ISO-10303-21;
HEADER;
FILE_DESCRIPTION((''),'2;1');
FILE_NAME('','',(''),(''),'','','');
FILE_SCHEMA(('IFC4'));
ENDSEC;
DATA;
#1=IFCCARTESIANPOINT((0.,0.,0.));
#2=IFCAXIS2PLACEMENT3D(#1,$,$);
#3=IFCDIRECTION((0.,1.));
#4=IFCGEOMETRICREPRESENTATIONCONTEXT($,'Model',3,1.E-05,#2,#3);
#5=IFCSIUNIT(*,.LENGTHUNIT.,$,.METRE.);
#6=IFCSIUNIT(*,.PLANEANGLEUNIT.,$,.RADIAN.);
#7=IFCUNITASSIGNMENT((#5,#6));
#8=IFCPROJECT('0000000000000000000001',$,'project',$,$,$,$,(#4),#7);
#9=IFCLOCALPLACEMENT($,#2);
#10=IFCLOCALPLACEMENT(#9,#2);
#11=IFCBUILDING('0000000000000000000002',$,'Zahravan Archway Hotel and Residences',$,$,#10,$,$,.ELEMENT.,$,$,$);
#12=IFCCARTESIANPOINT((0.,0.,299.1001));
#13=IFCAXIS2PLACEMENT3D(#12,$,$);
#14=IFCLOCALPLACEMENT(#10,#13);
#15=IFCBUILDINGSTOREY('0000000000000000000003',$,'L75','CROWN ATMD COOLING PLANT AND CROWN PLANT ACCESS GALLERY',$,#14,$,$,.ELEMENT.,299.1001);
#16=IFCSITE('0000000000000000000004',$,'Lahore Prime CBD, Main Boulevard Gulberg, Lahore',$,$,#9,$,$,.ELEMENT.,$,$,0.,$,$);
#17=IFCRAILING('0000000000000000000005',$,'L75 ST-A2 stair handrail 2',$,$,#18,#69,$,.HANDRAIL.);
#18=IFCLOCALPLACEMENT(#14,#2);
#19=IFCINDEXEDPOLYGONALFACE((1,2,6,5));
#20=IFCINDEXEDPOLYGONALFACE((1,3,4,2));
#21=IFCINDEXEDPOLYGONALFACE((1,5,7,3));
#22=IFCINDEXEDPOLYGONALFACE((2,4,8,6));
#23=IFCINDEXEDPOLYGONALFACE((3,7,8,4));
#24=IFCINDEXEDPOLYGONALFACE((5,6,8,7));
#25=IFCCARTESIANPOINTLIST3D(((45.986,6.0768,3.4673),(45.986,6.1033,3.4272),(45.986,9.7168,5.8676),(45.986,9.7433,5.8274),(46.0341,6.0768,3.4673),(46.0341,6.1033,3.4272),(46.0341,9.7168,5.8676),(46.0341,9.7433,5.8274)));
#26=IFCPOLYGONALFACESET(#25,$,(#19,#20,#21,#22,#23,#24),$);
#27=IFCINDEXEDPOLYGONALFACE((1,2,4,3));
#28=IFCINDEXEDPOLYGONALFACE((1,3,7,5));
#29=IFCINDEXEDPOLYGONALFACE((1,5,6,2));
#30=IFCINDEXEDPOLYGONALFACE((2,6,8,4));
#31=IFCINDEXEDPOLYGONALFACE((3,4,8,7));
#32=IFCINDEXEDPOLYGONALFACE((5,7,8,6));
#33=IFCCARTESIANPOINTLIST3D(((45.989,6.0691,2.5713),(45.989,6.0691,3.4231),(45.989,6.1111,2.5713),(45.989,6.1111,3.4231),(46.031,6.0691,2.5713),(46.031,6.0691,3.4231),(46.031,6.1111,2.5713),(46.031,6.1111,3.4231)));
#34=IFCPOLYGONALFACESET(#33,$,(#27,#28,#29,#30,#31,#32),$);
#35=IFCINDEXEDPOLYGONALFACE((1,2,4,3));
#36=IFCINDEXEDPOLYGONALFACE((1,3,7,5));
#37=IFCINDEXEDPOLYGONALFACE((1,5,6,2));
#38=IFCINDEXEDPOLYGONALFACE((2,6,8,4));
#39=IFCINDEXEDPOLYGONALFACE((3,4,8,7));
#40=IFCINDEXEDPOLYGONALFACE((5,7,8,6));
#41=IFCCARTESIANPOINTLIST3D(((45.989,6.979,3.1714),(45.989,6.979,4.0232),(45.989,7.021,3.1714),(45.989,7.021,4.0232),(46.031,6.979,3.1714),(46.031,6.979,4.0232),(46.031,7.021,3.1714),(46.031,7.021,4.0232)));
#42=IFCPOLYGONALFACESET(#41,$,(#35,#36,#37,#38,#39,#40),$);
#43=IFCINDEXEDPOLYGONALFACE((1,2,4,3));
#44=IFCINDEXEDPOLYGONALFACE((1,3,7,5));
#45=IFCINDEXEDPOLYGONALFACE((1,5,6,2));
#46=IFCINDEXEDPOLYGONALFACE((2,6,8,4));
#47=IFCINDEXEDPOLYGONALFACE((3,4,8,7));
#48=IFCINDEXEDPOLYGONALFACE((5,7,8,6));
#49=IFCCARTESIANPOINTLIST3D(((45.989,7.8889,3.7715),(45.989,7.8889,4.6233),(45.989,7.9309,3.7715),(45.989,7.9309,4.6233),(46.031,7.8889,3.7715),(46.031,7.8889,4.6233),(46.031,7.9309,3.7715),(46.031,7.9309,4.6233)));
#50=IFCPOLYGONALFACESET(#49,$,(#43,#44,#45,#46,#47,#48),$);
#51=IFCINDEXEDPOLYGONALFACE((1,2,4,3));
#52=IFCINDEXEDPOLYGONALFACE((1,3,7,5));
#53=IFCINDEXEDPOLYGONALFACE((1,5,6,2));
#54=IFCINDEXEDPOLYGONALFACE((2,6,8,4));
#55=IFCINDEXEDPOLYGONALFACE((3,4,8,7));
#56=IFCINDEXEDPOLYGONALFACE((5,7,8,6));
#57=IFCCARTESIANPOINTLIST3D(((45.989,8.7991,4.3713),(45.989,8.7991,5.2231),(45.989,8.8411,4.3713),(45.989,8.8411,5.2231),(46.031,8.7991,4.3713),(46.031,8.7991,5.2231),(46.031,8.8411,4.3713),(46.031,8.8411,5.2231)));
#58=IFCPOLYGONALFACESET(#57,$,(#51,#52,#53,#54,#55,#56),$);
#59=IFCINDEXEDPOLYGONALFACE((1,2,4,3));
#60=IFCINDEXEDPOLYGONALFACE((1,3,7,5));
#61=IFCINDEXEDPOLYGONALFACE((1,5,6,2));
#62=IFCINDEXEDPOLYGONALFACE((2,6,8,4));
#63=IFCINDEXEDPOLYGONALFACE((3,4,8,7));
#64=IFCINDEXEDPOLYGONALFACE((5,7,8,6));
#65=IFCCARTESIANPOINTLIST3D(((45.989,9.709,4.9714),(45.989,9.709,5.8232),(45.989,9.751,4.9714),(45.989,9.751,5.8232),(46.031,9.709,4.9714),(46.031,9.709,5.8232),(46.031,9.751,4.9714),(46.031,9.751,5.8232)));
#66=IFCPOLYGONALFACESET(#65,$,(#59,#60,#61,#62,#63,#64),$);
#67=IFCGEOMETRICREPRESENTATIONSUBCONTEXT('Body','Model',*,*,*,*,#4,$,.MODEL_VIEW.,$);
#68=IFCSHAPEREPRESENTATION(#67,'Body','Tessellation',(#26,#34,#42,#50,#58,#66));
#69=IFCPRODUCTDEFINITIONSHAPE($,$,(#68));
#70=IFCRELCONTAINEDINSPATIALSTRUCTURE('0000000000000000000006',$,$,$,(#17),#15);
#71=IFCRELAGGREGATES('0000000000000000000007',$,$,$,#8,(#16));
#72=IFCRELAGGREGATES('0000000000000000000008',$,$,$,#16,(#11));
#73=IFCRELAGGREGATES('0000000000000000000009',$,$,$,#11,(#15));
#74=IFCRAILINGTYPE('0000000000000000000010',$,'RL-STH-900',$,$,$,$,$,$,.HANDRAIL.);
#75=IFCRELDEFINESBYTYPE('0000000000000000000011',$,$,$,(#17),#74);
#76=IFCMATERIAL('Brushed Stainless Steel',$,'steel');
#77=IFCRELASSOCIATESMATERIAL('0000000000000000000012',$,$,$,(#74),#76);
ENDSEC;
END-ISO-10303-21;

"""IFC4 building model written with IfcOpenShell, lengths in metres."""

from ifc_helpers import new_model, si_unit, direction, frame, origin, origin_2d, place, context, subcontext, project, spatial, rectangle, extrude, material, type_object, element, save


model = new_model("IFC4")

# Units and contexts
model_context = context("Model", 3, precision=1e-05, world=origin(), true_north=direction((0.0, 1.0)))
body_context = subcontext(model_context, "Body", "Model", "MODEL_VIEW")
ifc_project = project(units=[si_unit("LENGTHUNIT", "METRE"), si_unit("PLANEANGLEUNIT", "RADIAN")], contexts=[model_context])

# Site, building, storey
site_placement = place(None, origin())
site = spatial("IfcSite", under=ifc_project, at=site_placement, Name="Lahore Prime CBD, Main Boulevard Gulberg, Lahore", CompositionType="ELEMENT", RefElevation=0.0)
building_placement = place(site_placement, origin())
building = spatial("IfcBuilding", under=site, at=building_placement, Name="Zahravan Archway Hotel and Residences", CompositionType="ELEMENT")
storey_placement = place(building_placement, frame((0.0, 0.0, 299.1001)))
storey = spatial("IfcBuildingStorey", under=building, at=storey_placement, Name="L75", Description="CROWN ATMD COOLING PLANT AND CROWN PLANT ACCESS GALLERY", CompositionType="ELEMENT", Elevation=299.1001)

# Railing
ifc_material_1 = material(Name="Brushed Stainless Steel", Category="steel")
railing_type_1 = type_object("IfcRailingType", Name="RL-STH-900", PredefinedType="HANDRAIL", material=ifc_material_1)
railing_1_placement = place(storey_placement, frame((46.01, 6.0901, 2.5713)))
element("IfcRailing", 1, at=railing_1_placement, inside=storey, type_object=railing_type_1, Name="L75 ST-A2 stair handrail 2", PredefinedType="HANDRAIL", context=body_context, shape_type="SweptSolid", body=[
    extrude(rectangle(XDim=0.0481, YDim=0.0481, at=origin_2d()), frame((0.0, 0.0, 0.876), z_axis=(0.0, 0.834839, 0.550493), x_axis=(-1.0, 0.0, 0.0)), (0.0, 0.0, 1.0), 4.3601),
    extrude(rectangle(XDim=0.042, YDim=0.042, at=origin_2d()), origin(), (0.0, 0.0, 1.0), 0.8518),
    extrude(rectangle(XDim=0.042, YDim=0.042, at=origin_2d()), frame((0.0, 0.9099, 0.6001)), (0.0, 0.0, 1.0), 0.8518),
    extrude(rectangle(XDim=0.042, YDim=0.042, at=origin_2d()), frame((0.0, 1.8198, 1.2002)), (0.0, 0.0, 1.0), 0.8518),
    extrude(rectangle(XDim=0.042, YDim=0.042, at=origin_2d()), frame((0.0, 2.73, 1.8)), (0.0, 0.0, 1.0), 0.8518),
    extrude(rectangle(XDim=0.042, YDim=0.042, at=origin_2d()), frame((0.0, 3.6399, 2.4001)), (0.0, 0.0, 1.0), 0.8518),
])

save(model, "model.ifc")
